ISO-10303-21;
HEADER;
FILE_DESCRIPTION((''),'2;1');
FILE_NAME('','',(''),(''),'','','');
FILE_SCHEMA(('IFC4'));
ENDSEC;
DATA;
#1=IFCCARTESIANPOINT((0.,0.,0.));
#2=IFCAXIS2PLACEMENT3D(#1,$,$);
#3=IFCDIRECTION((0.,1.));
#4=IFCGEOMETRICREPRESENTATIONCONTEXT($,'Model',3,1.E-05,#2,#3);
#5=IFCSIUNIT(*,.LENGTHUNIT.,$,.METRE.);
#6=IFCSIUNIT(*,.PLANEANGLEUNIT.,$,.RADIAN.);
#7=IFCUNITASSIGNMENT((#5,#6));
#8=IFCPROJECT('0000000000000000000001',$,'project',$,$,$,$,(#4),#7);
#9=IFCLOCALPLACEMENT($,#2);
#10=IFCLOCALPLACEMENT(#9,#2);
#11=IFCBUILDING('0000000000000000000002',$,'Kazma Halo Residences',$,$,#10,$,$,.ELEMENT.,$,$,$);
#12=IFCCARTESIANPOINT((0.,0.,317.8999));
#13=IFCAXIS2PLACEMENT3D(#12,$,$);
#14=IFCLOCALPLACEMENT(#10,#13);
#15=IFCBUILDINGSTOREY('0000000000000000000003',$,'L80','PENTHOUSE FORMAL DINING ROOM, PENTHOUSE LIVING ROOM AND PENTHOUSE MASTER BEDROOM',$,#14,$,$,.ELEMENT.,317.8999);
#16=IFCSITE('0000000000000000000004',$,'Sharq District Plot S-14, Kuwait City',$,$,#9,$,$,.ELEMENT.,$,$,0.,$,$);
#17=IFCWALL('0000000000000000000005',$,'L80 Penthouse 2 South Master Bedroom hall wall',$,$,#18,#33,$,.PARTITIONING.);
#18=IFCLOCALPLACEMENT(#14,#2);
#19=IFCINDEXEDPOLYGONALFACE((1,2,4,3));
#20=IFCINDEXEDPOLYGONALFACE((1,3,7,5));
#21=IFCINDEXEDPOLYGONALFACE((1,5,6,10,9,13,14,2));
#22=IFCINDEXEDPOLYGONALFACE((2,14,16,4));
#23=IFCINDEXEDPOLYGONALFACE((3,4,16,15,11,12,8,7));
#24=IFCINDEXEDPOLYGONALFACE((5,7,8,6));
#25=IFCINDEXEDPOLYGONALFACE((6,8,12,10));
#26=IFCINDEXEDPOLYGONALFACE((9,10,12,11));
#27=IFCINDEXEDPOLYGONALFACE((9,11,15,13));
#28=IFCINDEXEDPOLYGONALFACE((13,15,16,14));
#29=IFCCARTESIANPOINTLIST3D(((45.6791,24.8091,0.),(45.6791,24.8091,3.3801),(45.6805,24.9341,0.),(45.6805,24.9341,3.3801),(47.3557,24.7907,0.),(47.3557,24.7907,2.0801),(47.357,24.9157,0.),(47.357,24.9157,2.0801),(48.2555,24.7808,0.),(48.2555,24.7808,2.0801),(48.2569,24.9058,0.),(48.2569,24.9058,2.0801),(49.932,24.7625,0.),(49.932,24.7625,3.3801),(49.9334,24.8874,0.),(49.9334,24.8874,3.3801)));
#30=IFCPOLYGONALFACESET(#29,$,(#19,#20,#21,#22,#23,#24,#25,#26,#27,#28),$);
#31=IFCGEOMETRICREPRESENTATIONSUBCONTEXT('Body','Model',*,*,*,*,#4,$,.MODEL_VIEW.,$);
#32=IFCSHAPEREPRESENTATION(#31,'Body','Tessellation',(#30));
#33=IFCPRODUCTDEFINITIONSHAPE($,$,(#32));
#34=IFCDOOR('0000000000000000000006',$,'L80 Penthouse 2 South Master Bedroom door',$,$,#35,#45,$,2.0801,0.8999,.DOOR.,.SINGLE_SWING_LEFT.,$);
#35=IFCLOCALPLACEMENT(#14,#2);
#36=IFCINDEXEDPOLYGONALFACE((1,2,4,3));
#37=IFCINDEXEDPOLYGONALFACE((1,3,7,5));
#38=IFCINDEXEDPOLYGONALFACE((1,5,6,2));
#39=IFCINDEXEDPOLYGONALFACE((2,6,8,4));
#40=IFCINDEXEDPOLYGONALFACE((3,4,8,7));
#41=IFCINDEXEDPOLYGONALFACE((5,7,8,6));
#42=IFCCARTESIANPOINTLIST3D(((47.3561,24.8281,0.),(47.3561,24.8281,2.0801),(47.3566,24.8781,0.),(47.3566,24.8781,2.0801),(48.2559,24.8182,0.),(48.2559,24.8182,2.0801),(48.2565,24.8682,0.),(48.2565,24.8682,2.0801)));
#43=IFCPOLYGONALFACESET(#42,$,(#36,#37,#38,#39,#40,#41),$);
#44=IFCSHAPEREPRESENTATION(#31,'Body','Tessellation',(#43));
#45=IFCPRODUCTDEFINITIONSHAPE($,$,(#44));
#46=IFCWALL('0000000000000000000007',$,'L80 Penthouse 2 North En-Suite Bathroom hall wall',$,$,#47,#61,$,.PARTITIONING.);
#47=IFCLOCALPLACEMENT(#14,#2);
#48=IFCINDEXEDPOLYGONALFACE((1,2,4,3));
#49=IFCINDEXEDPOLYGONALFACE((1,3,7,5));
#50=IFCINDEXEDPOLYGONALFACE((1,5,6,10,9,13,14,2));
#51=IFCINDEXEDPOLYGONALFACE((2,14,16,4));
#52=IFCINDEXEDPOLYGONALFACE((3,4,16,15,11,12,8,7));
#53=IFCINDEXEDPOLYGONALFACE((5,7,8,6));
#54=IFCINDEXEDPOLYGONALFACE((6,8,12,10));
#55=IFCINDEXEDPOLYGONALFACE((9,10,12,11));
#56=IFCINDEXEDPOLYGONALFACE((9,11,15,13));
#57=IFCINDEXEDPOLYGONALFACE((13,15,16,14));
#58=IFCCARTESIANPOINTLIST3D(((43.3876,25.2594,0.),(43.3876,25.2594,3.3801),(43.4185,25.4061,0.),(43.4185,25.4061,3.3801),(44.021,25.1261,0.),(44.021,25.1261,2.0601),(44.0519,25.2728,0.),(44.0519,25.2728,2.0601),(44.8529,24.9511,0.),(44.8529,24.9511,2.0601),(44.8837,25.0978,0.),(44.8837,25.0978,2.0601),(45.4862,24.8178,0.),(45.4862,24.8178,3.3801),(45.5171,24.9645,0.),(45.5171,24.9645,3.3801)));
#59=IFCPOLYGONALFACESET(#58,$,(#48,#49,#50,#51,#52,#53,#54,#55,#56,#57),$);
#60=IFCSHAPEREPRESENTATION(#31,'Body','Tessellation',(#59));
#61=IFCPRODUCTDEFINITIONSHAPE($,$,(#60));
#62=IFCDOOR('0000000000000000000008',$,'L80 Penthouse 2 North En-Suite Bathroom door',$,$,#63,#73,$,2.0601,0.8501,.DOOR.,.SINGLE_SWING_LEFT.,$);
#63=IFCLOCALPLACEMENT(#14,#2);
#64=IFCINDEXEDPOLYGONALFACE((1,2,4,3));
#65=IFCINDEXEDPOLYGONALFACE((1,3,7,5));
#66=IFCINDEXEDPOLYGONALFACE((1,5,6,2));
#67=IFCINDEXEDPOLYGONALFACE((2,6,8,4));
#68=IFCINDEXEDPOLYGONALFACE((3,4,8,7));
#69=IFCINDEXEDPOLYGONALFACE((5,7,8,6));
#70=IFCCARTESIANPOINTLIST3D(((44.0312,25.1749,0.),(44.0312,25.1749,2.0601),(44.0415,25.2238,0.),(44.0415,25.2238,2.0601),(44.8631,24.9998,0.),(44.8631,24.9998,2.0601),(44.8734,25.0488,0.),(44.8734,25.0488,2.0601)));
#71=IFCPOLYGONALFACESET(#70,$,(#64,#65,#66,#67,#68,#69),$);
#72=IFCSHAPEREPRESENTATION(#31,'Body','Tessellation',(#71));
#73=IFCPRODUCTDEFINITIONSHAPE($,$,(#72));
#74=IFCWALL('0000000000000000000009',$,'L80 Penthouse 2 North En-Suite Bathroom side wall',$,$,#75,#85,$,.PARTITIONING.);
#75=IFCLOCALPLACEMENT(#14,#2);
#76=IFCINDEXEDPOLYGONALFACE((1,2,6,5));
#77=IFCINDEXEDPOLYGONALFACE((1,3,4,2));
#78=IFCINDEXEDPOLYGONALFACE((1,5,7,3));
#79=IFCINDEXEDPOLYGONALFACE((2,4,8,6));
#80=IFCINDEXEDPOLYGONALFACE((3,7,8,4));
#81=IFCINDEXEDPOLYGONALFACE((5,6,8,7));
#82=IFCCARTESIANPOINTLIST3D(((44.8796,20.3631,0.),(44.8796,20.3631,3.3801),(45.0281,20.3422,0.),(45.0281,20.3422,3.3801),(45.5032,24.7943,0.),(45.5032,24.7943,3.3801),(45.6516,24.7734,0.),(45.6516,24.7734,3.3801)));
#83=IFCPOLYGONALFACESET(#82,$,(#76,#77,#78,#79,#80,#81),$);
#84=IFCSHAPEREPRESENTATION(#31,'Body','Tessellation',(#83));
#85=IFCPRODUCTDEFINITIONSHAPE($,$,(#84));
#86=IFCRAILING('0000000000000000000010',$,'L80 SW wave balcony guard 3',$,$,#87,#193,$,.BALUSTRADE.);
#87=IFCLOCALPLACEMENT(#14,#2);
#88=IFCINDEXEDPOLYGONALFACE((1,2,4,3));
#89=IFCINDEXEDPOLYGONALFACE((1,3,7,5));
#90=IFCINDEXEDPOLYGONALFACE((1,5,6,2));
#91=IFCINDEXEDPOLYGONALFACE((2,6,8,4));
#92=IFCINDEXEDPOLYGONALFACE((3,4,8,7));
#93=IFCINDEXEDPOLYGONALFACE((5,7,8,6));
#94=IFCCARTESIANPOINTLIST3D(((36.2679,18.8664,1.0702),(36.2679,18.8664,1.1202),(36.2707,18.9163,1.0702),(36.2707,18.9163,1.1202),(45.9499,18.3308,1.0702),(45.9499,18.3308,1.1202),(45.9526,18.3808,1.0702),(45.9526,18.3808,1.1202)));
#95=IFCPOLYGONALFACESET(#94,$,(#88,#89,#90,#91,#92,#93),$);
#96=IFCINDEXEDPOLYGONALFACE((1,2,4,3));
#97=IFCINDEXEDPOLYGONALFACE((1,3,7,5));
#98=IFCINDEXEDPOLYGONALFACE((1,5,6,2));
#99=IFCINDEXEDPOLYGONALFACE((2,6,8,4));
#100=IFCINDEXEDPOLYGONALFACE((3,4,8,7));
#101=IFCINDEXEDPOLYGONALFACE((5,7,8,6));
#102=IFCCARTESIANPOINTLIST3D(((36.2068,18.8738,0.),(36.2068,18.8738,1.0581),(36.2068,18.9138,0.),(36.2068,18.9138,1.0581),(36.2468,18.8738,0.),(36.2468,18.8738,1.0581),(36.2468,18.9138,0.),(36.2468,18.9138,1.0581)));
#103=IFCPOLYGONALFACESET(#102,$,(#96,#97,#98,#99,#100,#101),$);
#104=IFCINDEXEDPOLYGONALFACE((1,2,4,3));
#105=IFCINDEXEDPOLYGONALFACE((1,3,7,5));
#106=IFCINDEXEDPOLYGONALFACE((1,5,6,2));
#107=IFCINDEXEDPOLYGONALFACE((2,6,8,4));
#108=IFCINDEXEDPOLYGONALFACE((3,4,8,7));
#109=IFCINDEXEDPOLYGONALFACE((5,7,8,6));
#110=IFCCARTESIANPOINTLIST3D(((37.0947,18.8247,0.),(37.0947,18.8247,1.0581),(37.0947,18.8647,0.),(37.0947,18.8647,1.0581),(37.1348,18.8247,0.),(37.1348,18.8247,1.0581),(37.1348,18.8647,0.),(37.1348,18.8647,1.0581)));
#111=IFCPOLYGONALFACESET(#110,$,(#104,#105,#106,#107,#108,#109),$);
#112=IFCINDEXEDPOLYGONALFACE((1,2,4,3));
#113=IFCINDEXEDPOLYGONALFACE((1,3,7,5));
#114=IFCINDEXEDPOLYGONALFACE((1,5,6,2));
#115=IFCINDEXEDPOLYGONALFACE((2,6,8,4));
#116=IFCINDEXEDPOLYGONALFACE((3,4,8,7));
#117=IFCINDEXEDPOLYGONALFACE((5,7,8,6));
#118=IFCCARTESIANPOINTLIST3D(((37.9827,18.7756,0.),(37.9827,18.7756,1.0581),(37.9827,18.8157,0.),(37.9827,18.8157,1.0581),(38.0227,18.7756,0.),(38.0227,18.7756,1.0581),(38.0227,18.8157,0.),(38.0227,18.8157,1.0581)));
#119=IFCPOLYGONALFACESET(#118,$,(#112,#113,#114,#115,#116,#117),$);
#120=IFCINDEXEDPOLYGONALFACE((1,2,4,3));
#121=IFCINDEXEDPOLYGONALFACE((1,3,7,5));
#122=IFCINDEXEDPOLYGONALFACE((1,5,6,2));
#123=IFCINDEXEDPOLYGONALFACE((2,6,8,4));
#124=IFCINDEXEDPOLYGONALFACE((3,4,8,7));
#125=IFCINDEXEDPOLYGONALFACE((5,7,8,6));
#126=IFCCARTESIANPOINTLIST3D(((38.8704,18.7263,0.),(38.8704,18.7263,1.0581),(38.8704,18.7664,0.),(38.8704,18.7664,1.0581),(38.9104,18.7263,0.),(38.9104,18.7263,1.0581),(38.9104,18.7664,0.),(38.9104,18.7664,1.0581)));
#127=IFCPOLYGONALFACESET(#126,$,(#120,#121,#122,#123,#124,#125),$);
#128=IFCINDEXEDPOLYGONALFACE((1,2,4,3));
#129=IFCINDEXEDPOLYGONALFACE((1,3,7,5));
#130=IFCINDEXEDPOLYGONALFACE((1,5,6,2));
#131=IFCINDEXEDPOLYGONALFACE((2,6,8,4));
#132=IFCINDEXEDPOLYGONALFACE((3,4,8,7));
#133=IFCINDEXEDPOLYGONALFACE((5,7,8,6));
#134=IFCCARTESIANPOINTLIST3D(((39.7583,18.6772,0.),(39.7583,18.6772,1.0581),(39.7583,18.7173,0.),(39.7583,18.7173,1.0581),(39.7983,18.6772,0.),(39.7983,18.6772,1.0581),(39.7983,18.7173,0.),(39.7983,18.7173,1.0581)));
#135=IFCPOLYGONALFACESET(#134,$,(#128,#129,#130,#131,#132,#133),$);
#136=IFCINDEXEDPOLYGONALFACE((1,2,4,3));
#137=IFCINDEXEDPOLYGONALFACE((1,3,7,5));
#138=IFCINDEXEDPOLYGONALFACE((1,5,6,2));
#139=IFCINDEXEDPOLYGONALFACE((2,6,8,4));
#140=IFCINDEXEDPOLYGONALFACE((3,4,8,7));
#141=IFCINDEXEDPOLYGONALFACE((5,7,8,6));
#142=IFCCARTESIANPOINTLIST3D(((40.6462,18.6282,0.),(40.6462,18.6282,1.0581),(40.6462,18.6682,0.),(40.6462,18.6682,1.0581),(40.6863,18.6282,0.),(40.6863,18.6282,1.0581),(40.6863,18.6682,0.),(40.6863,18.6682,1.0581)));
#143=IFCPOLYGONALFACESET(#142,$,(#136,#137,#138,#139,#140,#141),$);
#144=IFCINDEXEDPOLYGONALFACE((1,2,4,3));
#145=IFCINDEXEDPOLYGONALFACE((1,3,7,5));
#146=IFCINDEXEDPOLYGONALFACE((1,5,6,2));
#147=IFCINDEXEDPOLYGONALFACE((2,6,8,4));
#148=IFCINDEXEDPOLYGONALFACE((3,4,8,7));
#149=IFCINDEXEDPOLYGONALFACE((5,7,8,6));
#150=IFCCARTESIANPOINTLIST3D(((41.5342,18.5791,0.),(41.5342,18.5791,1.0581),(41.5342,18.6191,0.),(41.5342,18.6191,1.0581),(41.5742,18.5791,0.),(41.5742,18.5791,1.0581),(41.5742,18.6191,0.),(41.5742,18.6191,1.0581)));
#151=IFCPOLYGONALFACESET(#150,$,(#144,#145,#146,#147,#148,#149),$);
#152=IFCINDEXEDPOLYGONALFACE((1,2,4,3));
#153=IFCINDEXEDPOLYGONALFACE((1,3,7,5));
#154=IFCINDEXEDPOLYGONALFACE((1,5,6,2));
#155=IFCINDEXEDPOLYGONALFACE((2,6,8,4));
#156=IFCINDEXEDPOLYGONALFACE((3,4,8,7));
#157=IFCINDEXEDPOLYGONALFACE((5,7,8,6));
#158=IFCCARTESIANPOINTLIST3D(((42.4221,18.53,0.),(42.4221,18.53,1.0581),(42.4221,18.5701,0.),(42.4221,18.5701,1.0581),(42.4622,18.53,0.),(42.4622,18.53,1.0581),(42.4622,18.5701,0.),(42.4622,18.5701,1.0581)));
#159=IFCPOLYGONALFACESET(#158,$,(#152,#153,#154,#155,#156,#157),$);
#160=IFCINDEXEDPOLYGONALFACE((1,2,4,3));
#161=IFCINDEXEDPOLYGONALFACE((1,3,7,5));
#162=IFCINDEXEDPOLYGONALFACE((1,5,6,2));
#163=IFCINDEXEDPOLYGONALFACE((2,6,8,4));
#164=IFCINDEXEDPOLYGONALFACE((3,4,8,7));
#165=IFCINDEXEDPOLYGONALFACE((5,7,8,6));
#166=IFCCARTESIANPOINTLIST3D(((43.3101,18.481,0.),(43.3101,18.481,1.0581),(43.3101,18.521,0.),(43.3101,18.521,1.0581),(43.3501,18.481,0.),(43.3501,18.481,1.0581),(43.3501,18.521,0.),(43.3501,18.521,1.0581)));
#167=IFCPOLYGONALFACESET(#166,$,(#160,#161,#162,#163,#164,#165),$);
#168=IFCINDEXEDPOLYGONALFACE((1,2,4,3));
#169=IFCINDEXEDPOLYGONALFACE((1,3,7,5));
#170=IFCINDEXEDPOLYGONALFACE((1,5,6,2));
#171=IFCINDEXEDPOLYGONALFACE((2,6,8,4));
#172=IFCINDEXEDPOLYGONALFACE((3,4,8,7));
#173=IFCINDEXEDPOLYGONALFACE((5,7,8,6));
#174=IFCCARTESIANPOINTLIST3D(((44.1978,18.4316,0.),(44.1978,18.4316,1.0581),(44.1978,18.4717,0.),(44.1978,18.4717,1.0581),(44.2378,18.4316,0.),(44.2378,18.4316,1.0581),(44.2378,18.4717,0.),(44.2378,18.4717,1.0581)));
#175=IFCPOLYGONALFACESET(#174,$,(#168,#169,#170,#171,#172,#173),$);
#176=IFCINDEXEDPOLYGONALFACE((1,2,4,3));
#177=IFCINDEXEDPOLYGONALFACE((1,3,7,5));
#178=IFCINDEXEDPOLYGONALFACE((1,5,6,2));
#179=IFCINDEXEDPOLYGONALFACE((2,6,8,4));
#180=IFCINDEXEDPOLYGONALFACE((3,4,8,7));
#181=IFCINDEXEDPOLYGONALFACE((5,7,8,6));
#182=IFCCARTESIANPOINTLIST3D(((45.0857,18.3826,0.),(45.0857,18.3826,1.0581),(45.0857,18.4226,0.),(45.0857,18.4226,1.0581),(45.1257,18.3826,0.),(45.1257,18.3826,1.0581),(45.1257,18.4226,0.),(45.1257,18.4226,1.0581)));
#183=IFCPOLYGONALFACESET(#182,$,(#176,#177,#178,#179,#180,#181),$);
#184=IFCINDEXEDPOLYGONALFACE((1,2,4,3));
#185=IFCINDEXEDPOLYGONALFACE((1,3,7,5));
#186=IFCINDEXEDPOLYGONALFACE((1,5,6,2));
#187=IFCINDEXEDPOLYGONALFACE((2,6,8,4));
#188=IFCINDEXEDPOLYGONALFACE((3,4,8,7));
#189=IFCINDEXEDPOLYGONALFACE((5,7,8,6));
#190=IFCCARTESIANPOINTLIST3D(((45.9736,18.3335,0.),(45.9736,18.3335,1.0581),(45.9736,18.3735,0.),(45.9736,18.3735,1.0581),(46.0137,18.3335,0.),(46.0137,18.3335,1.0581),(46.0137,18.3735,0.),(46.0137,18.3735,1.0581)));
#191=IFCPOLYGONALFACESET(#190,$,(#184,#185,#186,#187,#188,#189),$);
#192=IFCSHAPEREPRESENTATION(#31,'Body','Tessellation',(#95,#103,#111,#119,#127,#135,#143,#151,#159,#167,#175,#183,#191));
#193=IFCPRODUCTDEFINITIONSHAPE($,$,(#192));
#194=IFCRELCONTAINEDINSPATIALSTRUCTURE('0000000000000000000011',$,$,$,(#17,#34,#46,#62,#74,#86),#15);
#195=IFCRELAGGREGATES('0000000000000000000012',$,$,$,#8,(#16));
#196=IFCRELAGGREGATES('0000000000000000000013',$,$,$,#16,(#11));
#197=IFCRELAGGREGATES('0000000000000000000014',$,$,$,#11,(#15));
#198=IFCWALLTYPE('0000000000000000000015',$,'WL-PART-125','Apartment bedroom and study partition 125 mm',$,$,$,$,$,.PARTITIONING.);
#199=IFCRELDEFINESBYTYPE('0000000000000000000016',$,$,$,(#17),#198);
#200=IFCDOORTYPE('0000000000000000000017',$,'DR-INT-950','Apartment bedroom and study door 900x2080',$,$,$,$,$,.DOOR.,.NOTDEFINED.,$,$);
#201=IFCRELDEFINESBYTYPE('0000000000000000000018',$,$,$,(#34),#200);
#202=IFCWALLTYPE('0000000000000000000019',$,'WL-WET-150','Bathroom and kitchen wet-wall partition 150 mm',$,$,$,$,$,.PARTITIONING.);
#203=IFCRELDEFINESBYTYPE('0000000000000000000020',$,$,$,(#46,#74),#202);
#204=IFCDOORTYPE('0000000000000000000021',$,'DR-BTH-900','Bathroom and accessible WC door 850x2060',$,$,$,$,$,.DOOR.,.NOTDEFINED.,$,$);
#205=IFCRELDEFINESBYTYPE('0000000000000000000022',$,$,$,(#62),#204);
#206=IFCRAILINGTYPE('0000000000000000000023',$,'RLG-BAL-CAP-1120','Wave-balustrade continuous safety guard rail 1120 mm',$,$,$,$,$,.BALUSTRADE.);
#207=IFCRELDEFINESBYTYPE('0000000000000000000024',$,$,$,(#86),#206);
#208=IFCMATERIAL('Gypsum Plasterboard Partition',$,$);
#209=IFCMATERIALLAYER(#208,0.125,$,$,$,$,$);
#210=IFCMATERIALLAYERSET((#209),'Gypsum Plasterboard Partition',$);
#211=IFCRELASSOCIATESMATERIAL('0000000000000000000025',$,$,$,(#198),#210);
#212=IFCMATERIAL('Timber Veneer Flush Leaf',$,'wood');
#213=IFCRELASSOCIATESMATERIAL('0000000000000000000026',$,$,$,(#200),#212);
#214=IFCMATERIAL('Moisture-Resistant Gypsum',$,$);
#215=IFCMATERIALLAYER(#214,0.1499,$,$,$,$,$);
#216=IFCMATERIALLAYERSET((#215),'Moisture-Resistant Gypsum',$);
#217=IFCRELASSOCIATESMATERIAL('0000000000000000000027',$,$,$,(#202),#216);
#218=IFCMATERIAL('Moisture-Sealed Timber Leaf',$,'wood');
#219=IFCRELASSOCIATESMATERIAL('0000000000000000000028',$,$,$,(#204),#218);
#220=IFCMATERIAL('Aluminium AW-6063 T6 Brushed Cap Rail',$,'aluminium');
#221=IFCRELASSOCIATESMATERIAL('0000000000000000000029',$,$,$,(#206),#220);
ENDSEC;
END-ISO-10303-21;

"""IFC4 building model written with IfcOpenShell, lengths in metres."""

from ifc_helpers import new_model, si_unit, direction, frame, frame_2d, origin, origin_2d, place, context, subcontext, project, spatial, rectangle, extrude, material, layer, layer_set, type_object, element, fill, save


model = new_model("IFC4")

# Units and contexts
model_context = context("Model", 3, precision=1e-05, world=origin(), true_north=direction((0.0, 1.0)))
body_context = subcontext(model_context, "Body", "Model", "MODEL_VIEW")
ifc_project = project(units=[si_unit("LENGTHUNIT", "METRE"), si_unit("PLANEANGLEUNIT", "RADIAN")], contexts=[model_context])

# Site, building, storey
site_placement = place(None, origin())
site = spatial("IfcSite", under=ifc_project, at=site_placement, Name="Sharq District Plot S-14, Kuwait City", CompositionType="ELEMENT", RefElevation=0.0)
building_placement = place(site_placement, origin())
building = spatial("IfcBuilding", under=site, at=building_placement, Name="Kazma Halo Residences", CompositionType="ELEMENT")
storey_placement = place(building_placement, frame((0.0, 0.0, 317.8999)))
storey = spatial("IfcBuildingStorey", under=building, at=storey_placement, Name="L80", Description="PENTHOUSE FORMAL DINING ROOM, PENTHOUSE LIVING ROOM AND PENTHOUSE MASTER BEDROOM", CompositionType="ELEMENT", Elevation=317.8999)

# Shared definitions
ifc_material_1 = material(Name="Gypsum Plasterboard Partition")
ifc_layer_1 = layer(ifc_material_1, 0.125)
ifc_layer_set_1 = layer_set([ifc_layer_1], Name="Gypsum Plasterboard Partition")
wall_type_1 = type_object("IfcWallType", Name="WL-PART-125", Description="Apartment bedroom and study partition 125 mm", PredefinedType="PARTITIONING", material=ifc_layer_set_1)

# Shared definitions
ifc_material_2 = material(Name="Timber Veneer Flush Leaf", Category="wood")
door_type_1 = type_object("IfcDoorType", Name="DR-INT-950", Description="Apartment bedroom and study door 900x2080", OperationType="NOTDEFINED", PredefinedType="DOOR", material=ifc_material_2)

# Walls, openings, doors
wall_1_placement = place(storey_placement, frame((45.6799, 24.8716, 0.0), z_axis=(0.0, 0.0, 1.0), x_axis=(0.99994, -0.010964, 0.0)))
wall_1 = element("IfcWall", 1, at=wall_1_placement, inside=storey, type_object=wall_type_1, Name="L80 Penthouse 2 South Master Bedroom hall wall", PredefinedType="PARTITIONING", context=body_context, shape_type="SweptSolid", body=[
    extrude(rectangle(XDim=4.2532, YDim=0.125, at=frame_2d((2.1265, 0.0))), origin(), (0.0, 0.0, 1.0), 3.3801),
])
opening_1_placement = place(wall_1_placement, frame((1.6765, 0.0, 0.0)))
opening_1 = element("IfcOpeningElement", 2, at=opening_1_placement, cuts=wall_1, PredefinedType="OPENING", context=body_context, shape_type="SweptSolid", body=[
    extrude(rectangle(XDim=0.8999, YDim=2.0801, at=frame_2d((0.45, 1.04))), frame((0.0, 0.0725, 0.0), z_axis=(0.0, -1.0, 0.0), x_axis=(1.0, 0.0, 0.0)), (0.0, 0.0, 1.0), 0.145),
])
door_1_placement = place(opening_1_placement, origin())
door_1 = element("IfcDoor", 3, at=door_1_placement, inside=storey, type_object=door_type_1, Name="L80 Penthouse 2 South Master Bedroom door", OperationType="SINGLE_SWING_LEFT", OverallHeight=2.0801, OverallWidth=0.8999, PredefinedType="DOOR", context=body_context, shape_type="SweptSolid", body=[
    extrude(rectangle(XDim=0.8999, YDim=2.0801, at=frame_2d((0.45, 1.04))), frame((0.0, 0.0249, 0.0), z_axis=(0.0, -1.0, 0.0), x_axis=(1.0, 0.0, 0.0)), (0.0, 0.0, 1.0), 0.05),
])
fill(opening_1, door_1)
ifc_material_3 = material(Name="Moisture-Resistant Gypsum")
ifc_layer_2 = layer(ifc_material_3, 0.1499)
ifc_layer_set_2 = layer_set([ifc_layer_2], Name="Moisture-Resistant Gypsum")
wall_type_2 = type_object("IfcWallType", Name="WL-WET-150", Description="Bathroom and kitchen wet-wall partition 150 mm", PredefinedType="PARTITIONING", material=ifc_layer_set_2)
wall_2_placement = place(storey_placement, frame((43.4031, 25.3328, 0.0), z_axis=(0.0, 0.0, 1.0), x_axis=(0.978565, -0.205936, 0.0)))
wall_2 = element("IfcWall", 4, at=wall_2_placement, inside=storey, type_object=wall_type_2, Name="L80 Penthouse 2 North En-Suite Bathroom hall wall", PredefinedType="PARTITIONING", context=body_context, shape_type="SweptSolid", body=[
    extrude(rectangle(XDim=2.1445, YDim=0.1499, at=frame_2d((1.0723, 0.0))), origin(), (0.0, 0.0, 1.0), 3.3801),
])
opening_2_placement = place(wall_2_placement, frame((0.6472, 0.0, 0.0)))
opening_2 = element("IfcOpeningElement", 5, at=opening_2_placement, cuts=wall_2, PredefinedType="OPENING", context=body_context, shape_type="SweptSolid", body=[
    extrude(rectangle(XDim=0.8501, YDim=2.0601, at=frame_2d((0.425, 1.03))), frame((0.0, 0.085, 0.0), z_axis=(0.0, -1.0, 0.0), x_axis=(1.0, 0.0, 0.0)), (0.0, 0.0, 1.0), 0.1699),
])
ifc_material_4 = material(Name="Moisture-Sealed Timber Leaf", Category="wood")
door_type_2 = type_object("IfcDoorType", Name="DR-BTH-900", Description="Bathroom and accessible WC door 850x2060", OperationType="NOTDEFINED", PredefinedType="DOOR", material=ifc_material_4)
door_2_placement = place(opening_2_placement, origin())
door_2 = element("IfcDoor", 6, at=door_2_placement, inside=storey, type_object=door_type_2, Name="L80 Penthouse 2 North En-Suite Bathroom door", OperationType="SINGLE_SWING_LEFT", OverallHeight=2.0601, OverallWidth=0.8501, PredefinedType="DOOR", context=body_context, shape_type="SweptSolid", body=[
    extrude(rectangle(XDim=0.8501, YDim=2.0601, at=frame_2d((0.425, 1.03))), frame((0.0, 0.0249, 0.0), z_axis=(0.0, -1.0, 0.0), x_axis=(1.0, 0.0, 0.0)), (0.0, 0.0, 1.0), 0.05),
])
fill(opening_2, door_2)

# Wall
wall_3_placement = place(storey_placement, frame((45.5774, 24.7837, 0.0), z_axis=(0.0, 0.0, 1.0), x_axis=(-0.139343, -0.990244, 0.0)))
element("IfcWall", 7, at=wall_3_placement, inside=storey, type_object=wall_type_2, Name="L80 Penthouse 2 North En-Suite Bathroom side wall", PredefinedType="PARTITIONING", context=body_context, shape_type="SweptSolid", body=[
    extrude(rectangle(XDim=4.4749, YDim=0.1499, at=frame_2d((2.2373, 0.0))), origin(), (0.0, 0.0, 1.0), 3.3801),
])

# Railing
ifc_material_5 = material(Name="Aluminium AW-6063 T6 Brushed Cap Rail", Category="aluminium")
railing_type = type_object("IfcRailingType", Name="RLG-BAL-CAP-1120", Description="Wave-balustrade continuous safety guard rail 1120 mm", PredefinedType="BALUSTRADE", material=ifc_material_5)
railing_1_placement = place(storey_placement, frame((36.2268, 18.8938, 0.0)))
element("IfcRailing", 8, at=railing_1_placement, inside=storey, type_object=railing_type, Name="L80 SW wave balcony guard 3", PredefinedType="BALUSTRADE", context=body_context, shape_type="SweptSolid", body=[
    extrude(rectangle(XDim=0.05, YDim=0.05, at=origin_2d()), frame((0.0425, -0.0024, 1.0952), z_axis=(0.998473, -0.055234, 0.0), x_axis=(0.055234, 0.998473, 0.0)), (0.0, 0.0, 1.0), 9.6968),
    extrude(rectangle(XDim=0.04, YDim=0.04, at=origin_2d()), origin(), (0.0, 0.0, 1.0), 1.0581),
    extrude(rectangle(XDim=0.04, YDim=0.04, at=origin_2d()), frame((0.8879, -0.0491, 0.0)), (0.0, 0.0, 1.0), 1.0581),
    extrude(rectangle(XDim=0.04, YDim=0.04, at=origin_2d()), frame((1.7759, -0.0981, 0.0)), (0.0, 0.0, 1.0), 1.0581),
    extrude(rectangle(XDim=0.04, YDim=0.04, at=origin_2d()), frame((2.6636, -0.1475, 0.0)), (0.0, 0.0, 1.0), 1.0581),
    extrude(rectangle(XDim=0.04, YDim=0.04, at=origin_2d()), frame((3.5515, -0.1965, 0.0)), (0.0, 0.0, 1.0), 1.0581),
    extrude(rectangle(XDim=0.04, YDim=0.04, at=origin_2d()), frame((4.4395, -0.2456, 0.0)), (0.0, 0.0, 1.0), 1.0581),
    extrude(rectangle(XDim=0.04, YDim=0.04, at=origin_2d()), frame((5.3274, -0.2947, 0.0)), (0.0, 0.0, 1.0), 1.0581),
    extrude(rectangle(XDim=0.04, YDim=0.04, at=origin_2d()), frame((6.2153, -0.3438, 0.0)), (0.0, 0.0, 1.0), 1.0581),
    extrude(rectangle(XDim=0.04, YDim=0.04, at=origin_2d()), frame((7.1033, -0.3928, 0.0)), (0.0, 0.0, 1.0), 1.0581),
    extrude(rectangle(XDim=0.04, YDim=0.04, at=origin_2d()), frame((7.991, -0.4421, 0.0)), (0.0, 0.0, 1.0), 1.0581),
    extrude(rectangle(XDim=0.04, YDim=0.04, at=origin_2d()), frame((8.8789, -0.4912, 0.0)), (0.0, 0.0, 1.0), 1.0581),
    extrude(rectangle(XDim=0.04, YDim=0.04, at=origin_2d()), frame((9.7668, -0.5403, 0.0)), (0.0, 0.0, 1.0), 1.0581),
])

save(model, "model.ifc")
